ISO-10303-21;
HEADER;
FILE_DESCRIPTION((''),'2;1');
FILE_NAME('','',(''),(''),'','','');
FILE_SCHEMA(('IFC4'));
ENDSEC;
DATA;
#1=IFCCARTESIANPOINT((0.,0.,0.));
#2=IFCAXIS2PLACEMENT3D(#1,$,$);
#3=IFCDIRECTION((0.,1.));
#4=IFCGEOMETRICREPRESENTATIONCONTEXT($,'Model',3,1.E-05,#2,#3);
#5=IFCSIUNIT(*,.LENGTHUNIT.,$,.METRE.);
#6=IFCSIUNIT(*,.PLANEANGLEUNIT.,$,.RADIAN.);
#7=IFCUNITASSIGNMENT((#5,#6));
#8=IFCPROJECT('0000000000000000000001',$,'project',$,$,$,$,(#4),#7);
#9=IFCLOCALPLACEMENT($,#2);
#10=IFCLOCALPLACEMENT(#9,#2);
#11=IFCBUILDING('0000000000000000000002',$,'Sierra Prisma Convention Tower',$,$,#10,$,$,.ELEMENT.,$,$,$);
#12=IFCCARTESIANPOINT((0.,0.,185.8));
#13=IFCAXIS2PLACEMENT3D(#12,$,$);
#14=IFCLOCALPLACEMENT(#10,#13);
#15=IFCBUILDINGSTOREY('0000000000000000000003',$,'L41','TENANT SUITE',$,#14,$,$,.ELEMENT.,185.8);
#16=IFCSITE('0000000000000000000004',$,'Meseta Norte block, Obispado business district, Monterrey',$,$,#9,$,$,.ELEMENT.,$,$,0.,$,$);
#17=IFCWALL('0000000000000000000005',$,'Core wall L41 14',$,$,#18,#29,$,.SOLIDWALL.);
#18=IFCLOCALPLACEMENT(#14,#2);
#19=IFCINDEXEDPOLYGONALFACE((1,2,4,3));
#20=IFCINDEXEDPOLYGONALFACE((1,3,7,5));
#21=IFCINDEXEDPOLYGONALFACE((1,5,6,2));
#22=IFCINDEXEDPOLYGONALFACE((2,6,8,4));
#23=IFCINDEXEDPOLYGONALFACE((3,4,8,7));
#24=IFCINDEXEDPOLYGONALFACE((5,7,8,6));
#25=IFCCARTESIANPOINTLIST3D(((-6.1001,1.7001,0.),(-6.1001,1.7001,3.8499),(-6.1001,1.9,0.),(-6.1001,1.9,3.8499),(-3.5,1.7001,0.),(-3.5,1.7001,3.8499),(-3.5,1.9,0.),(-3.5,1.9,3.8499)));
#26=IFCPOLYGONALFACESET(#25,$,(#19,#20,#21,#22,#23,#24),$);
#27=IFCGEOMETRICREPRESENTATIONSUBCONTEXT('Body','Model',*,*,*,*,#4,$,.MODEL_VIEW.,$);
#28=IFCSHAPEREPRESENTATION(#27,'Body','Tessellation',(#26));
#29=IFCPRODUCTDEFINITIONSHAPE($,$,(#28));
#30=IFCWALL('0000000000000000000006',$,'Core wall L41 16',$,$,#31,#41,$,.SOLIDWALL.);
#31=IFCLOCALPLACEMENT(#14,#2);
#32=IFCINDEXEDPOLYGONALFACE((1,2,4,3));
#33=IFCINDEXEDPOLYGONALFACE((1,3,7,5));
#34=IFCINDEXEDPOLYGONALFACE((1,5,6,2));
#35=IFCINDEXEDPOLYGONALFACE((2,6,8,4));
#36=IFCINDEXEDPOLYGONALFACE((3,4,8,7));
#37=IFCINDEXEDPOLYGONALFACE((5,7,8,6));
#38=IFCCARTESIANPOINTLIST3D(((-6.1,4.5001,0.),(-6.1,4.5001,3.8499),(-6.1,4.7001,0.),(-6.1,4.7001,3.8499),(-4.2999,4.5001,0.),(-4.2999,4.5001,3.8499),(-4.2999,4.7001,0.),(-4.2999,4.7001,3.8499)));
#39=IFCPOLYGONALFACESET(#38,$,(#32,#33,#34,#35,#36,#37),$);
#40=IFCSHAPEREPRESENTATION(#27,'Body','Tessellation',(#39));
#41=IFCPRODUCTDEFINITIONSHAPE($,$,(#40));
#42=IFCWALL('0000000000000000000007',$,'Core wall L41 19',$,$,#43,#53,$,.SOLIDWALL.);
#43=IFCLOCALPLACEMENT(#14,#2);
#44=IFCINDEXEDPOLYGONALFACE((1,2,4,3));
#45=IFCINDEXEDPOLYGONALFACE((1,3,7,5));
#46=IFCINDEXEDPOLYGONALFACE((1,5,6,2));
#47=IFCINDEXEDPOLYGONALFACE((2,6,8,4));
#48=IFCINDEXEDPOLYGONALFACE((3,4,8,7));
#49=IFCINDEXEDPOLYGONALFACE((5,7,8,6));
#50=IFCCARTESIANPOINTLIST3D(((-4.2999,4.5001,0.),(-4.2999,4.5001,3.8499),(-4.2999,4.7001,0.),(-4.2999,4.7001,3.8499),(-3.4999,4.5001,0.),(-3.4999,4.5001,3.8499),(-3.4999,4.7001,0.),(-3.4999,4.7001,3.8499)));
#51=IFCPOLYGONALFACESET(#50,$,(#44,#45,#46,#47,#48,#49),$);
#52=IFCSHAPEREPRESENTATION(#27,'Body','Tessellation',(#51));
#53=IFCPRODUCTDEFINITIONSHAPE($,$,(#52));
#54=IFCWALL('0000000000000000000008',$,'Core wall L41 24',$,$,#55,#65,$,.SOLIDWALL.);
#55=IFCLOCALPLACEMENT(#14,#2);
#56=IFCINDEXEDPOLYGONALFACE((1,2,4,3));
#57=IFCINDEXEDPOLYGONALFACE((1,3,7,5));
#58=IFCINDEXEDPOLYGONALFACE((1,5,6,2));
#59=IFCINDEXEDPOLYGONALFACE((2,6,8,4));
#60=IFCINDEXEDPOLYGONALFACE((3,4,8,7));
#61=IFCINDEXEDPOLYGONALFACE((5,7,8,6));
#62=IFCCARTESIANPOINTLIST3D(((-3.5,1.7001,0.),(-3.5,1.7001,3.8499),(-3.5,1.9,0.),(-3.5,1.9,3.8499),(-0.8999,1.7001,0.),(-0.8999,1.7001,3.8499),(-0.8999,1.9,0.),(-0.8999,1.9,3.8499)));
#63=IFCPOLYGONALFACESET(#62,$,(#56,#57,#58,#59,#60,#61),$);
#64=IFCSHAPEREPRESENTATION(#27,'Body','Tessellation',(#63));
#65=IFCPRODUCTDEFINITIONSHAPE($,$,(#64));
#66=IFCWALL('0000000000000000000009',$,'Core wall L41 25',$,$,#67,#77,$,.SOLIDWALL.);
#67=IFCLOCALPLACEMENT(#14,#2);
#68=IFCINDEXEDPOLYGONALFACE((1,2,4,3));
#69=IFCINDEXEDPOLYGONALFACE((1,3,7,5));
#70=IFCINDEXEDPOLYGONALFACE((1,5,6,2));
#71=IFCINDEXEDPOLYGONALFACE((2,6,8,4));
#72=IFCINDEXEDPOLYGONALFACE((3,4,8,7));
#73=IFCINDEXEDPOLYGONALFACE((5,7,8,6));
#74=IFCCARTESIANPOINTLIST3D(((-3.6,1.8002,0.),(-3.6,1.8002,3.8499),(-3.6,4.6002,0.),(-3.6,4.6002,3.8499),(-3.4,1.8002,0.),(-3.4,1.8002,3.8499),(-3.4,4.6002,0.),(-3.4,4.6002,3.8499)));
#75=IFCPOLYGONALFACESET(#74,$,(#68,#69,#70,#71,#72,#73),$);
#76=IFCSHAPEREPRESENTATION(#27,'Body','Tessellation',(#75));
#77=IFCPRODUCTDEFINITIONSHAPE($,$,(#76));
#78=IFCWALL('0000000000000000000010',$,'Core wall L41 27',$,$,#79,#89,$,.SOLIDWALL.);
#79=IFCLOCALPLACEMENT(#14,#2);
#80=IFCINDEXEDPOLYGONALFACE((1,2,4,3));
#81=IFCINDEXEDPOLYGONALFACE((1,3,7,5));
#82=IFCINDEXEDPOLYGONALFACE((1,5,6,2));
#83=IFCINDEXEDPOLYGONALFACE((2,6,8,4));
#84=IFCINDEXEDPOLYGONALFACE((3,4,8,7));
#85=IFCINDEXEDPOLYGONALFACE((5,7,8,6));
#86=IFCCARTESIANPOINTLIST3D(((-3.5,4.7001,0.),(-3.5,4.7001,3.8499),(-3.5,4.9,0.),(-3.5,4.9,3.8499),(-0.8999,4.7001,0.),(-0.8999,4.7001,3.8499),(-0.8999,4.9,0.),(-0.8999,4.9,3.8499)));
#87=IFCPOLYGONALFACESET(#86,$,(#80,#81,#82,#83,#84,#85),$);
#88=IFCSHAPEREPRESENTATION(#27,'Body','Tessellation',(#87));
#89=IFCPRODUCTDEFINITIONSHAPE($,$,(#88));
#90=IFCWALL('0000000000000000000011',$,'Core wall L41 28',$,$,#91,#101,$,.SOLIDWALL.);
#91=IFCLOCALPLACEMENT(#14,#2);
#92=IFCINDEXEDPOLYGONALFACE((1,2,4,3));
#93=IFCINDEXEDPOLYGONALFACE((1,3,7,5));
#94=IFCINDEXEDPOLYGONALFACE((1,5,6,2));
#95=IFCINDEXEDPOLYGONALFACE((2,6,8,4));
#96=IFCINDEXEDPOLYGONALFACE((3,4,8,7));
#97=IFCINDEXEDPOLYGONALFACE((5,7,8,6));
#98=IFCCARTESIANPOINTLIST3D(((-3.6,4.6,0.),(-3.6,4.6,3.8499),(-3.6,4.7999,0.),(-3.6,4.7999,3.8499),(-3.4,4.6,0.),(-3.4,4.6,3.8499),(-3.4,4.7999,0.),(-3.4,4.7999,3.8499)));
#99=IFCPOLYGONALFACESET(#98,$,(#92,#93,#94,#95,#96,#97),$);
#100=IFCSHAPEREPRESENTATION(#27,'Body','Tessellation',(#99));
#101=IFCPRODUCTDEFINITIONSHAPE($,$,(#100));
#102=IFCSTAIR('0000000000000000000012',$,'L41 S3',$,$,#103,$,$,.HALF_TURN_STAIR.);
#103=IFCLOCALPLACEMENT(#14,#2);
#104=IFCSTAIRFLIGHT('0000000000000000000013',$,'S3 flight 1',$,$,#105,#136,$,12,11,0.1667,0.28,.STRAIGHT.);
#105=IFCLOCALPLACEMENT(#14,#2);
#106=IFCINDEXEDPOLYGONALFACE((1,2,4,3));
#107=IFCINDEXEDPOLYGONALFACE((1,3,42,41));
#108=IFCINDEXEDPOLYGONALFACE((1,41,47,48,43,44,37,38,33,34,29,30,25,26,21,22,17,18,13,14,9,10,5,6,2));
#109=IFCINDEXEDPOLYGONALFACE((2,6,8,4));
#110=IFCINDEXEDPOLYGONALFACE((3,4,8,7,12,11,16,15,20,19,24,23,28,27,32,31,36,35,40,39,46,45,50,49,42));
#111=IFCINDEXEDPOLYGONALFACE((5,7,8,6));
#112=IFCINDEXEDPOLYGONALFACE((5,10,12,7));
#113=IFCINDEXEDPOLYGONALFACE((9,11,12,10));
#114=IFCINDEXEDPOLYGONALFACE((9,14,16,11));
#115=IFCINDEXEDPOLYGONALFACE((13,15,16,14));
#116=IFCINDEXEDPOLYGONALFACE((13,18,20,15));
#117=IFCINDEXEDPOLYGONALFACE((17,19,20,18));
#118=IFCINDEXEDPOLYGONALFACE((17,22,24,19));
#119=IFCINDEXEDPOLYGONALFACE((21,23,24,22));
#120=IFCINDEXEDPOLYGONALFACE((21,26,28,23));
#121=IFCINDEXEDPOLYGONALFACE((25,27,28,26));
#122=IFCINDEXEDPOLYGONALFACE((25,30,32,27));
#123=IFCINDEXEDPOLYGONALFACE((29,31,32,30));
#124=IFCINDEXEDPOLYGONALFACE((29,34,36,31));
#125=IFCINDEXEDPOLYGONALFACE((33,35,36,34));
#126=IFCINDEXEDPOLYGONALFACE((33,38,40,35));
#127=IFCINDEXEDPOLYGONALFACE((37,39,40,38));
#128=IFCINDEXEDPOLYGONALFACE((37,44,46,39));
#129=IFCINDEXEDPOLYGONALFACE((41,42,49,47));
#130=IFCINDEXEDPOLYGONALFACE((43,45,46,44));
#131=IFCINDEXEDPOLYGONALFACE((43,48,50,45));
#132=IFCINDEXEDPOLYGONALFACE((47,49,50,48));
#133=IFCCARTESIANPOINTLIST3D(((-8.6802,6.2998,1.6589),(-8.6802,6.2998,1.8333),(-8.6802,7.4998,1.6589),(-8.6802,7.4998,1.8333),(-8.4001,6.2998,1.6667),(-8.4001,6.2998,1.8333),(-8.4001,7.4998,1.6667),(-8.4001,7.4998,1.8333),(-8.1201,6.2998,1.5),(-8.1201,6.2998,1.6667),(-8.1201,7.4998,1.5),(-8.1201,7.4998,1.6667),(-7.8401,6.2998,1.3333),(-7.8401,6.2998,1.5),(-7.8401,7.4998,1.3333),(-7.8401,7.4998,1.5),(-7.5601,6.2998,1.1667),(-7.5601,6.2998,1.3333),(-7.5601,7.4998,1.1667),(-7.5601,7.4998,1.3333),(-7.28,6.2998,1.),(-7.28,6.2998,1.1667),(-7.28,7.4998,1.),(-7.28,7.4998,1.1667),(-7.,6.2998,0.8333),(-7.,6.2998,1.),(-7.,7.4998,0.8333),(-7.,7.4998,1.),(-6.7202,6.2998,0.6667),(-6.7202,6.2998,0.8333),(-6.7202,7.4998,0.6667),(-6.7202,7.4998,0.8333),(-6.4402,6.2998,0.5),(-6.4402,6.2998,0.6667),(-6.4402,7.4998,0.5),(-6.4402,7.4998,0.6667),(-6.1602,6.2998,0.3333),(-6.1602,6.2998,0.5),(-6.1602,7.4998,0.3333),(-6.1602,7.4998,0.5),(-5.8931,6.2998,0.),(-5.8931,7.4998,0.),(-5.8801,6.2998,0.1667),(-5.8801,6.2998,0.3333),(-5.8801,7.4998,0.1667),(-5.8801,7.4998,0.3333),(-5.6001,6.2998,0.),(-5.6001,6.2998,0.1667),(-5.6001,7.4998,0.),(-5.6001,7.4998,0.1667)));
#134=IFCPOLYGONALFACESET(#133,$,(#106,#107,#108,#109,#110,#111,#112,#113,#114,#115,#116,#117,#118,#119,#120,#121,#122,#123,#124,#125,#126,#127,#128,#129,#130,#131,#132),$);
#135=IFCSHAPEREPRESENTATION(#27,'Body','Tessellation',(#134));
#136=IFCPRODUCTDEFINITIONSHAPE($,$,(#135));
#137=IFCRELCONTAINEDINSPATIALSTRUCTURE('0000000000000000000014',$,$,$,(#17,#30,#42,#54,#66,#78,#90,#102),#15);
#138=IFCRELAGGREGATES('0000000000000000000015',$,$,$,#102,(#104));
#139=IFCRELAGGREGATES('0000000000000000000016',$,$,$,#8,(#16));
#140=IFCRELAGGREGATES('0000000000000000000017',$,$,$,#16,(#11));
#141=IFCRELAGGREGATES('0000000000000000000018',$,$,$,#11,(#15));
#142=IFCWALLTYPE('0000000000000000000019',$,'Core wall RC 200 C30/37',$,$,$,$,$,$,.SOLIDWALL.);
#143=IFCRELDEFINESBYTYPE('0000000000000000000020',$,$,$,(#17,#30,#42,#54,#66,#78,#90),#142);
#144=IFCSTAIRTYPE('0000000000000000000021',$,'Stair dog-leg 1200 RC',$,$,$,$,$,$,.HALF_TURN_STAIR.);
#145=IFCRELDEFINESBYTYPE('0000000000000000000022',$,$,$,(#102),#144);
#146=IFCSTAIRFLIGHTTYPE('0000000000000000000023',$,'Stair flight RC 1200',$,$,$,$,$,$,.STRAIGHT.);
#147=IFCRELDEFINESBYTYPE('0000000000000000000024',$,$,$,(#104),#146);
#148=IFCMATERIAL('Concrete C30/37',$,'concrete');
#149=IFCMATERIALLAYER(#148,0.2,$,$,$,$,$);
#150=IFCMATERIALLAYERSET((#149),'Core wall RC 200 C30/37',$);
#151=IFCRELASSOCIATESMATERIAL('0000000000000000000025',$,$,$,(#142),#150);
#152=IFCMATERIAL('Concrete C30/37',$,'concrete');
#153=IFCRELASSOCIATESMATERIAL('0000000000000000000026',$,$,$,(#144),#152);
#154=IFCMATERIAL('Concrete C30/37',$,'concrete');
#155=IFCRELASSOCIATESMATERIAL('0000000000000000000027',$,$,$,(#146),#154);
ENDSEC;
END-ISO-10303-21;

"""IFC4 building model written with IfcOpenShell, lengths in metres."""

from ifc_helpers import new_model, si_unit, direction, frame, frame_2d, origin, place, context, subcontext, project, spatial, polyline, rectangle, outline, extrude, material, layer, layer_set, type_object, element, aggregate, save


model = new_model("IFC4")

# Units and contexts
model_context = context("Model", 3, precision=1e-05, world=origin(), true_north=direction((0.0, 1.0)))
body_context = subcontext(model_context, "Body", "Model", "MODEL_VIEW")
ifc_project = project(units=[si_unit("LENGTHUNIT", "METRE"), si_unit("PLANEANGLEUNIT", "RADIAN")], contexts=[model_context])

# Site, building, storey
site_placement = place(None, origin())
site = spatial("IfcSite", under=ifc_project, at=site_placement, Name="Meseta Norte block, Obispado business district, Monterrey", CompositionType="ELEMENT", RefElevation=0.0)
building_placement = place(site_placement, origin())
building = spatial("IfcBuilding", under=site, at=building_placement, Name="Sierra Prisma Convention Tower", CompositionType="ELEMENT")
storey_placement = place(building_placement, frame((0.0, 0.0, 185.8)))
storey = spatial("IfcBuildingStorey", under=building, at=storey_placement, Name="L41", Description="TENANT SUITE", CompositionType="ELEMENT", Elevation=185.8)

# Walls
ifc_material_1 = material(Name="Concrete C30/37", Category="concrete")
ifc_layer_1 = layer(ifc_material_1, 0.2)
ifc_layer_set_1 = layer_set([ifc_layer_1], Name="Core wall RC 200 C30/37")
wall_type = type_object("IfcWallType", Name="Core wall RC 200 C30/37", PredefinedType="SOLIDWALL", material=ifc_layer_set_1)
wall_1_placement = place(storey_placement, frame((-3.5, 1.8, 0.0), z_axis=(0.0, 0.0, 1.0), x_axis=(-1.0, 0.0, 0.0)))
element("IfcWall", 1, at=wall_1_placement, inside=storey, type_object=wall_type, Name="Core wall L41 14", PredefinedType="SOLIDWALL", context=body_context, shape_type="SweptSolid", body=[
    extrude(rectangle(XDim=2.6001, YDim=0.2, at=frame_2d((1.3, 0.0))), origin(), (0.0, 0.0, 1.0), 3.8499),
])
wall_2_placement = place(storey_placement, frame((-4.3, 4.6001, 0.0), z_axis=(0.0, 0.0, 1.0), x_axis=(-1.0, 0.0, 0.0)))
element("IfcWall", 2, at=wall_2_placement, inside=storey, type_object=wall_type, Name="Core wall L41 16", PredefinedType="SOLIDWALL", context=body_context, shape_type="SweptSolid", body=[
    extrude(rectangle(XDim=1.8, YDim=0.2, at=frame_2d((0.8999, 0.0))), origin(), (0.0, 0.0, 1.0), 3.8499),
])
wall_3_placement = place(storey_placement, frame((-3.5, 4.6001, 0.0), z_axis=(0.0, 0.0, 1.0), x_axis=(-1.0, 0.0, 0.0)))
element("IfcWall", 3, at=wall_3_placement, inside=storey, type_object=wall_type, Name="Core wall L41 19", PredefinedType="SOLIDWALL", context=body_context, shape_type="SweptSolid", body=[
    extrude(rectangle(XDim=0.8, YDim=0.2, at=frame_2d((0.3999, 0.0))), origin(), (0.0, 0.0, 1.0), 3.8499),
])

# Walls
wall_4_placement = place(storey_placement, frame((-0.8999, 1.8, 0.0), z_axis=(0.0, 0.0, 1.0), x_axis=(-1.0, 0.0, 0.0)))
element("IfcWall", 4, at=wall_4_placement, inside=storey, type_object=wall_type, Name="Core wall L41 24", PredefinedType="SOLIDWALL", context=body_context, shape_type="SweptSolid", body=[
    extrude(rectangle(XDim=2.6001, YDim=0.2, at=frame_2d((1.3, 0.0))), origin(), (0.0, 0.0, 1.0), 3.8499),
])
wall_5_placement = place(storey_placement, frame((-3.5, 4.6001, 0.0), z_axis=(0.0, 0.0, 1.0), x_axis=(0.0, -1.0, 0.0)))
element("IfcWall", 5, at=wall_5_placement, inside=storey, type_object=wall_type, Name="Core wall L41 25", PredefinedType="SOLIDWALL", context=body_context, shape_type="SweptSolid", body=[
    extrude(rectangle(XDim=2.8, YDim=0.2, at=frame_2d((1.3999, 0.0))), origin(), (0.0, 0.0, 1.0), 3.8499),
])

# Walls
wall_6_placement = place(storey_placement, frame((-0.8999, 4.8, 0.0), z_axis=(0.0, 0.0, 1.0), x_axis=(-1.0, 0.0, 0.0)))
element("IfcWall", 6, at=wall_6_placement, inside=storey, type_object=wall_type, Name="Core wall L41 27", PredefinedType="SOLIDWALL", context=body_context, shape_type="SweptSolid", body=[
    extrude(rectangle(XDim=2.6001, YDim=0.2, at=frame_2d((1.3, 0.0))), origin(), (0.0, 0.0, 1.0), 3.8499),
])
wall_7_placement = place(storey_placement, frame((-3.5, 4.8, 0.0), z_axis=(0.0, 0.0, 1.0), x_axis=(0.0, -1.0, 0.0)))
element("IfcWall", 7, at=wall_7_placement, inside=storey, type_object=wall_type, Name="Core wall L41 28", PredefinedType="SOLIDWALL", context=body_context, shape_type="SweptSolid", body=[
    extrude(rectangle(XDim=0.2, YDim=0.2, at=frame_2d((0.1001, 0.0))), origin(), (0.0, 0.0, 1.0), 3.8499),
])

# Stair, stair flight
ifc_material_2 = material(Name="Concrete C30/37", Category="concrete")
stair_type = type_object("IfcStairType", Name="Stair dog-leg 1200 RC", PredefinedType="HALF_TURN_STAIR", material=ifc_material_2)
stair_placement = place(storey_placement, origin())
stair = element("IfcStair", 8, at=stair_placement, inside=storey, type_object=stair_type, Name="L41 S3", PredefinedType="HALF_TURN_STAIR")
ifc_material_3 = material(Name="Concrete C30/37", Category="concrete")
stair_flight_type = type_object("IfcStairFlightType", Name="Stair flight RC 1200", PredefinedType="STRAIGHT", material=ifc_material_3)
stair_flight_placement = place(storey_placement, frame((-5.6001, 6.8999, 0.0), z_axis=(0.0, 0.0, 1.0), x_axis=(-1.0, 0.0, 0.0)))
stair_flight = element("IfcStairFlight", 9, at=stair_flight_placement, type_object=stair_flight_type, Name="S3 flight 1", NumberOfRisers=12, NumberOfTreads=11, PredefinedType="STRAIGHT", RiserHeight=0.1667, TreadLength=0.28, context=body_context, shape_type="SweptSolid", body=[
    extrude(outline(polyline([(0.0, 0.0), (0.0, 0.1667), (0.28, 0.1667), (0.28, 0.3333), (0.5601, 0.3333), (0.5601, 0.5), (0.8401, 0.5), (0.8401, 0.6667), (1.1201, 0.6667), (1.1201, 0.8333), (1.3999, 0.8333), (1.3999, 1.0), (1.6799, 1.0), (1.6799, 1.1667), (1.96, 1.1667), (1.96, 1.3333), (2.24, 1.3333), (2.24, 1.5), (2.52, 1.5), (2.52, 1.6667), (2.8, 1.6667), (2.8, 1.8333), (3.0801, 1.8333), (3.0801, 2.0), (3.0801, 1.6589), (0.293, 0.0), (0.0, 0.0)])), frame((0.0, 0.6001, 0.0), z_axis=(0.0, -1.0, 0.0), x_axis=(1.0, 0.0, 0.0)), (0.0, 0.0, 1.0), 1.2),
])
aggregate(stair, [stair_flight])

save(model, "model.ifc")
